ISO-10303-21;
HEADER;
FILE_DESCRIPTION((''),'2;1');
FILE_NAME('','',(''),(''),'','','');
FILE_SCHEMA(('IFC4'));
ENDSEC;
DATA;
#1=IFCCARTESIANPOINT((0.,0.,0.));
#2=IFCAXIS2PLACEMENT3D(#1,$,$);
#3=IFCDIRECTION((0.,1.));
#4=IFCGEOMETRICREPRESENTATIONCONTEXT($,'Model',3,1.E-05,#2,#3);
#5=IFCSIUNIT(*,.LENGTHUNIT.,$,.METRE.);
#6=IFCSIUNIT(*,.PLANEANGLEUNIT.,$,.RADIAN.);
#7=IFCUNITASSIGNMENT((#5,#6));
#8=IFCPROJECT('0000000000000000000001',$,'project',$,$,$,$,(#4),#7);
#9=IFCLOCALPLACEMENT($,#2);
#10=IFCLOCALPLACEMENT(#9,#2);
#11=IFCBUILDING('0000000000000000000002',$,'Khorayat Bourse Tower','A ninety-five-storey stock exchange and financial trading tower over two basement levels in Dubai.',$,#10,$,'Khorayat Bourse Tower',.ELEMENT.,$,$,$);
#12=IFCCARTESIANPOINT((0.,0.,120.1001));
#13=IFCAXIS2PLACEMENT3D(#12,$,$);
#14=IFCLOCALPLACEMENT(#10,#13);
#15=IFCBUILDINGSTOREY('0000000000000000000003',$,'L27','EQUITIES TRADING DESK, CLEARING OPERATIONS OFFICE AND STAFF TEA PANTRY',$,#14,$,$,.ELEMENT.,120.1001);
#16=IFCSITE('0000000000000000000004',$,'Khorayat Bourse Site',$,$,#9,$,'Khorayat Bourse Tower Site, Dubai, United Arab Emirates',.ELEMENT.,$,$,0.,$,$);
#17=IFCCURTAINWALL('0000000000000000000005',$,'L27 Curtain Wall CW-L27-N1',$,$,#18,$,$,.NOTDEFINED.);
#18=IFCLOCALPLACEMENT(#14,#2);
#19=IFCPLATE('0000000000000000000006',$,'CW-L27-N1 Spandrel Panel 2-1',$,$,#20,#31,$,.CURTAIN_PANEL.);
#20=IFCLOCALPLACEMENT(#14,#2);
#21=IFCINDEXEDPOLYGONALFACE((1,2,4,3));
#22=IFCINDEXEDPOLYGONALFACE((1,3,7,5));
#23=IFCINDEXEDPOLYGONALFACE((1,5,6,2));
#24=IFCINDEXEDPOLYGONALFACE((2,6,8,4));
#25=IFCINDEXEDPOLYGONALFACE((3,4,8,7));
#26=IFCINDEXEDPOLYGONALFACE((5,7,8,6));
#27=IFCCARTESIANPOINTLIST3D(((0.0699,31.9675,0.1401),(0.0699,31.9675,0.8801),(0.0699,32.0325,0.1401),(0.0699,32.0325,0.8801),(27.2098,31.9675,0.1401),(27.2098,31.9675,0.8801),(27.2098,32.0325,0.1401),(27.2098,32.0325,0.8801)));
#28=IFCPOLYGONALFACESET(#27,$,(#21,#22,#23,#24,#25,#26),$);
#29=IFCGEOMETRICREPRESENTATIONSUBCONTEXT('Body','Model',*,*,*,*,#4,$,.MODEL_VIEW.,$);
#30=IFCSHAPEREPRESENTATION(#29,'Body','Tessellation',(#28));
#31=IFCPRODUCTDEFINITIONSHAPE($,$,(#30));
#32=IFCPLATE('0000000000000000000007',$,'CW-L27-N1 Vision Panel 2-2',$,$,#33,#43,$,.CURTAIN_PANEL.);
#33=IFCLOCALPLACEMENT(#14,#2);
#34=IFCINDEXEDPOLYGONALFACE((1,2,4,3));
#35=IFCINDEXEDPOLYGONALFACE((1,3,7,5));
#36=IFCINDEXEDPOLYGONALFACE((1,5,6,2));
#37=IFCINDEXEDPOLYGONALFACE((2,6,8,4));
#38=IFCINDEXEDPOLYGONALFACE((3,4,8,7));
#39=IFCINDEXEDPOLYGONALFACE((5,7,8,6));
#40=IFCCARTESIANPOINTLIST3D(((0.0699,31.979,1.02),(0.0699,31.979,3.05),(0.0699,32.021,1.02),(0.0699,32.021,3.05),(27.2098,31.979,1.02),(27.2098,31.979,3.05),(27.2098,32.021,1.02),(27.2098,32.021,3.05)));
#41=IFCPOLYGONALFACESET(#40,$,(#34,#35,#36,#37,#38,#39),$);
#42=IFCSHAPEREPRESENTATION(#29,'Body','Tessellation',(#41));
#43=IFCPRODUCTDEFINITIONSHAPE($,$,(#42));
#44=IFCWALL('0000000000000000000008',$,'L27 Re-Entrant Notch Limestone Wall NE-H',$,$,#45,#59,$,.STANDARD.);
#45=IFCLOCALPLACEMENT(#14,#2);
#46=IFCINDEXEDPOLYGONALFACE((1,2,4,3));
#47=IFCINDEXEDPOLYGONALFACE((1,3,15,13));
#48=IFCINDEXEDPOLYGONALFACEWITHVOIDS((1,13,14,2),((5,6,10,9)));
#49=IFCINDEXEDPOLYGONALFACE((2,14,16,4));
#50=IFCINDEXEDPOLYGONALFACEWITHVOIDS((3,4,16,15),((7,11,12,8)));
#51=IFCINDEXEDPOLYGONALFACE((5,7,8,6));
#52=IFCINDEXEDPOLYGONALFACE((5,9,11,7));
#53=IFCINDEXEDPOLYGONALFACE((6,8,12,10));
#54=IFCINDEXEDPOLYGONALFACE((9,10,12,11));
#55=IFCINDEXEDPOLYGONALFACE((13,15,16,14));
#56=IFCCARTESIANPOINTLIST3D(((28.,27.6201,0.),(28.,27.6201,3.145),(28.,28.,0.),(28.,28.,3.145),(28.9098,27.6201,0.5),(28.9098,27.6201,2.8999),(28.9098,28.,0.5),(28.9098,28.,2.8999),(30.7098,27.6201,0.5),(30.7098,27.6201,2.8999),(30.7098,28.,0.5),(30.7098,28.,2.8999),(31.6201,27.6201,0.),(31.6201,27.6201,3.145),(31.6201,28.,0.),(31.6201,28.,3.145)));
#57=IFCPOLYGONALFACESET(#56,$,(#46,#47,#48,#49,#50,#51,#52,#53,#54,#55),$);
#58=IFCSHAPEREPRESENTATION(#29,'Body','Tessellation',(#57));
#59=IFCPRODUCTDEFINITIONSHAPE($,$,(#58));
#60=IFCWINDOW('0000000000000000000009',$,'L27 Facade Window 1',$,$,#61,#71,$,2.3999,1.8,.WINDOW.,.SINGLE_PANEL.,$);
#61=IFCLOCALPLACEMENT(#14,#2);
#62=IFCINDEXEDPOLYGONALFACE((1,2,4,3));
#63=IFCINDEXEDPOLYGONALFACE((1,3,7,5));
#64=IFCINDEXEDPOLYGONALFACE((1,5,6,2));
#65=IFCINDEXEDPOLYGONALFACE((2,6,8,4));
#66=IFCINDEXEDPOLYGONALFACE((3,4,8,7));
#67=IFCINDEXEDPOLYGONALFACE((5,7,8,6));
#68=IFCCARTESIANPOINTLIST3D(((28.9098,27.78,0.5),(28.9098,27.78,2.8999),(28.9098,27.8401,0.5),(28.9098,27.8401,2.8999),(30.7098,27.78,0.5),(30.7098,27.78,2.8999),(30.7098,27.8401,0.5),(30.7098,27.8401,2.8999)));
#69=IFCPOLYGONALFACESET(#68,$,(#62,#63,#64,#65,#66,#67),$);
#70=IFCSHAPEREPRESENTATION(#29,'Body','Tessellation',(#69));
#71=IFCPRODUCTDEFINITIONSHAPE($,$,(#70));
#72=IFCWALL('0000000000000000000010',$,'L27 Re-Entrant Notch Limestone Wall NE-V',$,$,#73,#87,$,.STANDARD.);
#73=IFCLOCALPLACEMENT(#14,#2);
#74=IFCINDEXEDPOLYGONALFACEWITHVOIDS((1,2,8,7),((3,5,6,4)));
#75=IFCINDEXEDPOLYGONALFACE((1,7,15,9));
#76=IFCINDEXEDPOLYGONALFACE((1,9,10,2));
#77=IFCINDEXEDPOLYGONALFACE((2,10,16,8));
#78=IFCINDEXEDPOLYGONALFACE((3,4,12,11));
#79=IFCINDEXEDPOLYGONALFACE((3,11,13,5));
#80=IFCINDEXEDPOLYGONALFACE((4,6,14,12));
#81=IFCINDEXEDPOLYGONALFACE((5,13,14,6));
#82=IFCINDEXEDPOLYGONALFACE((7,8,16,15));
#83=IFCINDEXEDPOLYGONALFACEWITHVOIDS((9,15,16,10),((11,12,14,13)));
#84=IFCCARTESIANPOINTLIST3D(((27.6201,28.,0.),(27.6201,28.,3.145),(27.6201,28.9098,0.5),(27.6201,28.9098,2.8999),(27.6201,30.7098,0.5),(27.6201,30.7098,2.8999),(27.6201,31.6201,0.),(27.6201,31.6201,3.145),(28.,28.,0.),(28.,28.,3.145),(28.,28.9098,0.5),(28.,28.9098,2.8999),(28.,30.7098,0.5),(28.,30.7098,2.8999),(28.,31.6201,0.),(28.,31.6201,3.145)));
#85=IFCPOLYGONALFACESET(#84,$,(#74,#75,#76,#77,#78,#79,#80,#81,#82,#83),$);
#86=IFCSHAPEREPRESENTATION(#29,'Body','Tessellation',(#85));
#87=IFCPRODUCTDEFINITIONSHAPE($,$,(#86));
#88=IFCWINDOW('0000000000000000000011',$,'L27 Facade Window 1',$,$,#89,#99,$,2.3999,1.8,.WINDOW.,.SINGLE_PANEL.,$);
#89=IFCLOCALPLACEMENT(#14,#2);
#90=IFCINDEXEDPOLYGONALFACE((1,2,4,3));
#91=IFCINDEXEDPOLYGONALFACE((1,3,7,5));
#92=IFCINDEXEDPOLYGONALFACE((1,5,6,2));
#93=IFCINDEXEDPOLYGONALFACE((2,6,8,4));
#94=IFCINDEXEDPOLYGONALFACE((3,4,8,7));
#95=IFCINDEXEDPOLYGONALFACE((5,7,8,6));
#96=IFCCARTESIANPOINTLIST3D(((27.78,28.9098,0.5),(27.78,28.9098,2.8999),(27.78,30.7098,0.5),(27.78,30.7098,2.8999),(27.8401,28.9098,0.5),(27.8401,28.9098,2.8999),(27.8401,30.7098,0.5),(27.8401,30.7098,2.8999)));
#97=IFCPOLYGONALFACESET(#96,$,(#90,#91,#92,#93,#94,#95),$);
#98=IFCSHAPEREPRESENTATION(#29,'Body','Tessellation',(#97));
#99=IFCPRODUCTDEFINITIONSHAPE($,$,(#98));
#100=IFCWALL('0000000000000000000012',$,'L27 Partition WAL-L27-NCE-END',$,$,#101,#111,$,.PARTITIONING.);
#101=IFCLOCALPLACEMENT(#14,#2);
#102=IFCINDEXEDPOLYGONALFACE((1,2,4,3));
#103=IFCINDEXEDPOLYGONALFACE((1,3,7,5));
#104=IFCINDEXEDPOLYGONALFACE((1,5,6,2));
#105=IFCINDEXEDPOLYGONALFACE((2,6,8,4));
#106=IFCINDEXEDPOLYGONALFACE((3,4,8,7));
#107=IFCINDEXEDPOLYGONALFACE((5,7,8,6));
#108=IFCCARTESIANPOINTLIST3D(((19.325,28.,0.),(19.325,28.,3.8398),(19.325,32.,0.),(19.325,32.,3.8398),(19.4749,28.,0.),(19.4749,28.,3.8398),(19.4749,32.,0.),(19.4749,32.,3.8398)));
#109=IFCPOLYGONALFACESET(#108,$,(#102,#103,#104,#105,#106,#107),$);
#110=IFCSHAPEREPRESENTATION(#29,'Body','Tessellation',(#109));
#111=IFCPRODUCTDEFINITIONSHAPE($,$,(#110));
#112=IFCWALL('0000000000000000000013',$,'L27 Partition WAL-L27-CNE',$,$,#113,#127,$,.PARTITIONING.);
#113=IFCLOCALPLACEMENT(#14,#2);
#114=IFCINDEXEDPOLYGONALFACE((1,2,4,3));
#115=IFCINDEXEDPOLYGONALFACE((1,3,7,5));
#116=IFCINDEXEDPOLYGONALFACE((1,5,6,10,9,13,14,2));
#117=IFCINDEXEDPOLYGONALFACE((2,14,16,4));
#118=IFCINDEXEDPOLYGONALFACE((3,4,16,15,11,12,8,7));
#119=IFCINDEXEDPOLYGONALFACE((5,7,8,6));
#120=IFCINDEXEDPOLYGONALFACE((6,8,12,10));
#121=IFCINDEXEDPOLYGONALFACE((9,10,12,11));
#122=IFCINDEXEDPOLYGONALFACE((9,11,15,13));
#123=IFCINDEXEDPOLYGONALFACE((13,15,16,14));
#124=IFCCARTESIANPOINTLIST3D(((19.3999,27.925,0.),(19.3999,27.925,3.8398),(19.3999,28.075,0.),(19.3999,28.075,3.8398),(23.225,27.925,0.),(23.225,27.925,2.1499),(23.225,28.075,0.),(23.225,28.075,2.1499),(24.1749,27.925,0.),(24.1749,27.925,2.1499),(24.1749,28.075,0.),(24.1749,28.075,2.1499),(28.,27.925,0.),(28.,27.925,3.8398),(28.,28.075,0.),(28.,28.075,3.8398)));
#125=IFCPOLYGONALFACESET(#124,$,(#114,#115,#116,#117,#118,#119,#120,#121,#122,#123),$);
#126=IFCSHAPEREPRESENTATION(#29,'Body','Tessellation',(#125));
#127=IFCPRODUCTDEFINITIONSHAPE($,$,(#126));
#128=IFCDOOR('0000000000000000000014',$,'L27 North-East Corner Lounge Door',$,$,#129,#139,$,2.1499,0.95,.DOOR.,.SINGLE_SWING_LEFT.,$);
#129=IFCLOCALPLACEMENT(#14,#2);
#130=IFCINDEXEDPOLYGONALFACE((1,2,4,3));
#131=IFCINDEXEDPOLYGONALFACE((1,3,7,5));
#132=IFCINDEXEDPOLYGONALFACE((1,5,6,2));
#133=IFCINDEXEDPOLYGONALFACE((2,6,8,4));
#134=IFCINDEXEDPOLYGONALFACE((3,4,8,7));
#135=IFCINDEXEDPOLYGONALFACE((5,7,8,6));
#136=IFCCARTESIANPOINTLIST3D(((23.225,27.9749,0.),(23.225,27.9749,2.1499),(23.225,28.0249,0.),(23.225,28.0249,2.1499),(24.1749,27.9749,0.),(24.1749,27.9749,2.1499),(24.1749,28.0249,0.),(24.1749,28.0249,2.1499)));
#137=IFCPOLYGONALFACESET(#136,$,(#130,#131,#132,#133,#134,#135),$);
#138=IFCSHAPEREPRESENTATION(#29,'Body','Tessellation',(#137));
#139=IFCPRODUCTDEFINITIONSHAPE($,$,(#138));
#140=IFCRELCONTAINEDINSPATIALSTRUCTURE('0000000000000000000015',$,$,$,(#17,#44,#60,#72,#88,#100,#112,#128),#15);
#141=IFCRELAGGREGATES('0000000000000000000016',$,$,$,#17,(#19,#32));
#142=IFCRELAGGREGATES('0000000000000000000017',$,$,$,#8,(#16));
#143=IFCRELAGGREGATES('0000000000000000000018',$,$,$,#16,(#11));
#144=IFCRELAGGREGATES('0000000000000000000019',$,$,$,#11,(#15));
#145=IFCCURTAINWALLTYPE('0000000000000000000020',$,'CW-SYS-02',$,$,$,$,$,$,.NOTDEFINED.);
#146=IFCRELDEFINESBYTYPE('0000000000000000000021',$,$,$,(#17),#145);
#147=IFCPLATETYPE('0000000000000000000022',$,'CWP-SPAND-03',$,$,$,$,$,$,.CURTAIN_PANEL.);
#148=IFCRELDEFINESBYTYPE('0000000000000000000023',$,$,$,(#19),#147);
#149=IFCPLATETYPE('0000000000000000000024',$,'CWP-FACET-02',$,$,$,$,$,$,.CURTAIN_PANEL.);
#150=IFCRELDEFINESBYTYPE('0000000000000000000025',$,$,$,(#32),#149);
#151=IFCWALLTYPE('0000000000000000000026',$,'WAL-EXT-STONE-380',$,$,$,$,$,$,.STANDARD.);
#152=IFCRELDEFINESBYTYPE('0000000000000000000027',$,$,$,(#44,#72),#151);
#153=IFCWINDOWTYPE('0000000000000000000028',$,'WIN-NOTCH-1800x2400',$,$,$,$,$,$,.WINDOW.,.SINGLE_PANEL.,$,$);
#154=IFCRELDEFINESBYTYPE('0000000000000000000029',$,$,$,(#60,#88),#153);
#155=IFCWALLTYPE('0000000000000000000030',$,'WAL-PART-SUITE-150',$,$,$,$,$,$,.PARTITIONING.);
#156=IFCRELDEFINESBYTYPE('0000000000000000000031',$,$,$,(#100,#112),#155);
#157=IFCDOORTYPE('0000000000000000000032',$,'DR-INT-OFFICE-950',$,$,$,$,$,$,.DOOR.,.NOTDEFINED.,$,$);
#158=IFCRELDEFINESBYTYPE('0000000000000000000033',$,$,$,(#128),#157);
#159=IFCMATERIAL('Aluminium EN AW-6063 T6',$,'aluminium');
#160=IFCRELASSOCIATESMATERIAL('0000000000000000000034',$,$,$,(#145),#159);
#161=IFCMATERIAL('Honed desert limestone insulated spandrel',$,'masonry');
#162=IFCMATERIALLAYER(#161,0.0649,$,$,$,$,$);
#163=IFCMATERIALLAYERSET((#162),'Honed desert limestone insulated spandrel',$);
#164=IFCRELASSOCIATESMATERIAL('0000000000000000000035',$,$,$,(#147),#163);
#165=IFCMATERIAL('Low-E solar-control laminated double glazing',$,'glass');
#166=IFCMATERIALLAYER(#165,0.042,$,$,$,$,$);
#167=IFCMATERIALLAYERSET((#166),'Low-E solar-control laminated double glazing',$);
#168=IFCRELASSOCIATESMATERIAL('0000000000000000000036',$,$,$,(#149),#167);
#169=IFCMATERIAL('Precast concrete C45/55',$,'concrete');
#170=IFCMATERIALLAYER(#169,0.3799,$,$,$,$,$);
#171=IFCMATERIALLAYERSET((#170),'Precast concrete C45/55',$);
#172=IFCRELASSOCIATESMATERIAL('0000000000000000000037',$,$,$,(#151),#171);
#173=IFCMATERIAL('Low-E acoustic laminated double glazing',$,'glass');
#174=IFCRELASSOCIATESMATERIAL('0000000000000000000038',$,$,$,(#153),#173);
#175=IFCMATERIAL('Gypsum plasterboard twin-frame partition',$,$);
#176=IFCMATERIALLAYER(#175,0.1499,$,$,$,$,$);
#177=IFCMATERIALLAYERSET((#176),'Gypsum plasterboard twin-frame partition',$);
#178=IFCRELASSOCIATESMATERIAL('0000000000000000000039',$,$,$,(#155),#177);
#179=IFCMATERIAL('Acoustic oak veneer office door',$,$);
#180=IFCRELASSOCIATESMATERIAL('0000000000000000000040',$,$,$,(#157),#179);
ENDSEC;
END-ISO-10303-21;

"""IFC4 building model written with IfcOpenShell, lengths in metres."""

from ifc_helpers import new_model, si_unit, direction, frame, frame_2d, origin, origin_2d, place, context, subcontext, project, spatial, rectangle, extrude, source, transform, mapped, material, layer, layer_set, type_object, element, fill, aggregate, save


model = new_model("IFC4")

# Units and contexts
model_context = context("Model", 3, precision=1e-05, world=origin(), true_north=direction((0.0, 1.0)))
body_context = subcontext(model_context, "Body", "Model", "MODEL_VIEW")
ifc_project = project(units=[si_unit("LENGTHUNIT", "METRE"), si_unit("PLANEANGLEUNIT", "RADIAN")], contexts=[model_context])

# Site, building, storey
site_placement = place(None, origin())
site = spatial("IfcSite", under=ifc_project, at=site_placement, Name="Khorayat Bourse Site", LongName="Khorayat Bourse Tower Site, Dubai, United Arab Emirates", CompositionType="ELEMENT", RefElevation=0.0)
building_placement = place(site_placement, origin())
building = spatial("IfcBuilding", under=site, at=building_placement, Name="Khorayat Bourse Tower", Description="A ninety-five-storey stock exchange and financial trading tower over two basement levels in Dubai.", LongName="Khorayat Bourse Tower", CompositionType="ELEMENT")
storey_placement = place(building_placement, frame((0.0, 0.0, 120.1001)))
storey = spatial("IfcBuildingStorey", under=building, at=storey_placement, Name="L27", Description="EQUITIES TRADING DESK, CLEARING OPERATIONS OFFICE AND STAFF TEA PANTRY", CompositionType="ELEMENT", Elevation=120.1001)

# Curtain wall
ifc_material_1 = material(Name="Aluminium EN AW-6063 T6", Category="aluminium")
curtain_wall_type = type_object("IfcCurtainWallType", Name="CW-SYS-02", PredefinedType="NOTDEFINED", material=ifc_material_1)
curtain_wall_1_placement = place(storey_placement, origin())
curtain_wall_1 = element("IfcCurtainWall", 1, at=curtain_wall_1_placement, inside=storey, type_object=curtain_wall_type, Name="L27 Curtain Wall CW-L27-N1", PredefinedType="NOTDEFINED")

# Plates
ifc_material_2 = material(Name="Honed desert limestone insulated spandrel", Category="masonry")
ifc_layer_1 = layer(ifc_material_2, 0.0649)
ifc_layer_set_1 = layer_set([ifc_layer_1], Name="Honed desert limestone insulated spandrel")
plate_type_1 = type_object("IfcPlateType", Name="CWP-SPAND-03", PredefinedType="CURTAIN_PANEL", material=ifc_layer_set_1)
shared_shape_1 = source(origin(), body_context, "Body", "SweptSolid", [
    extrude(rectangle(XDim=27.1399, YDim=0.0649, at=origin_2d()), origin(), (0.0, 0.0, 1.0), 0.74),
])
plate_1_placement = place(storey_placement, frame((13.6399, 32.0, 0.1401), z_axis=(0.0, 0.0, 1.0), x_axis=(1.0, 0.0, 0.0)))
plate_1 = element("IfcPlate", 2, at=plate_1_placement, type_object=plate_type_1, Name="CW-L27-N1 Spandrel Panel 2-1", PredefinedType="CURTAIN_PANEL", context=body_context, shape_type="MappedRepresentation", body=[
    mapped(shared_shape_1, transform((0.0, 0.0, 0.0), scale=1.0)),
])
ifc_material_3 = material(Name="Low-E solar-control laminated double glazing", Category="glass")
ifc_layer_2 = layer(ifc_material_3, 0.042)
ifc_layer_set_2 = layer_set([ifc_layer_2], Name="Low-E solar-control laminated double glazing")
plate_type_2 = type_object("IfcPlateType", Name="CWP-FACET-02", PredefinedType="CURTAIN_PANEL", material=ifc_layer_set_2)
shared_shape_2 = source(origin(), body_context, "Body", "SweptSolid", [
    extrude(rectangle(XDim=27.1399, YDim=0.042, at=origin_2d()), origin(), (0.0, 0.0, 1.0), 2.03),
])
plate_2_placement = place(storey_placement, frame((13.6399, 32.0, 1.02), z_axis=(0.0, 0.0, 1.0), x_axis=(1.0, 0.0, 0.0)))
plate_2 = element("IfcPlate", 3, at=plate_2_placement, type_object=plate_type_2, Name="CW-L27-N1 Vision Panel 2-2", PredefinedType="CURTAIN_PANEL", context=body_context, shape_type="MappedRepresentation", body=[
    mapped(shared_shape_2, transform((0.0, 0.0, 0.0), scale=1.0)),
])
aggregate(curtain_wall_1, [plate_1, plate_2])

# Walls, openings, windows
ifc_material_4 = material(Name="Precast concrete C45/55", Category="concrete")
ifc_layer_3 = layer(ifc_material_4, 0.3799)
ifc_layer_set_3 = layer_set([ifc_layer_3], Name="Precast concrete C45/55")
wall_type_1 = type_object("IfcWallType", Name="WAL-EXT-STONE-380", PredefinedType="STANDARD", material=ifc_layer_set_3)
shared_shape_3 = source(origin(), body_context, "Body", "SweptSolid", [
    extrude(rectangle(XDim=3.6201, YDim=0.3799, at=frame_2d((1.8101, 0.0))), origin(), (0.0, 0.0, 1.0), 3.145),
])
wall_1_placement = place(storey_placement, frame((28.0, 27.8101, 0.0), z_axis=(0.0, 0.0, 1.0), x_axis=(1.0, 0.0, 0.0)))
wall_1 = element("IfcWall", 4, at=wall_1_placement, inside=storey, type_object=wall_type_1, Name="L27 Re-Entrant Notch Limestone Wall NE-H", PredefinedType="STANDARD", context=body_context, shape_type="MappedRepresentation", body=[
    mapped(shared_shape_3, transform((0.0, 0.0, 0.0), scale=1.0)),
])
shared_shape_4 = source(origin(), body_context, "Body", "SweptSolid", [
    extrude(rectangle(XDim=1.8, YDim=2.3999, at=frame_2d((0.8999, 1.2))), frame((0.0, 0.2, 0.0), z_axis=(0.0, -1.0, 0.0), x_axis=(1.0, 0.0, 0.0)), (0.0, 0.0, 1.0), 0.3999),
])
opening_1_placement = place(wall_1_placement, frame((0.9099, 0.0, 0.5)))
opening_1 = element("IfcOpeningElement", 5, at=opening_1_placement, cuts=wall_1, PredefinedType="OPENING", context=body_context, shape_type="MappedRepresentation", body=[
    mapped(shared_shape_4, transform((0.0, 0.0, 0.0), scale=1.0)),
])
ifc_material_5 = material(Name="Low-E acoustic laminated double glazing", Category="glass")
window_type = type_object("IfcWindowType", Name="WIN-NOTCH-1800x2400", PartitioningType="SINGLE_PANEL", PredefinedType="WINDOW", material=ifc_material_5)
shared_shape_5 = source(origin(), body_context, "Body", "SweptSolid", [
    extrude(rectangle(XDim=1.8, YDim=2.3999, at=frame_2d((0.8999, 1.2))), frame((0.0, 0.03, 0.0), z_axis=(0.0, -1.0, 0.0), x_axis=(1.0, 0.0, 0.0)), (0.0, 0.0, 1.0), 0.0601),
])
window_1_placement = place(opening_1_placement, origin())
window_1 = element("IfcWindow", 6, at=window_1_placement, inside=storey, type_object=window_type, Name="L27 Facade Window 1", OverallHeight=2.3999, OverallWidth=1.8, PartitioningType="SINGLE_PANEL", PredefinedType="WINDOW", context=body_context, shape_type="MappedRepresentation", body=[
    mapped(shared_shape_5, transform((0.0, 0.0, 0.0), scale=1.0)),
])
fill(opening_1, window_1)
wall_2_placement = place(storey_placement, frame((27.8101, 28.0, 0.0), z_axis=(0.0, 0.0, 1.0), x_axis=(0.0, 1.0, 0.0)))
wall_2 = element("IfcWall", 7, at=wall_2_placement, inside=storey, type_object=wall_type_1, Name="L27 Re-Entrant Notch Limestone Wall NE-V", PredefinedType="STANDARD", context=body_context, shape_type="MappedRepresentation", body=[
    mapped(shared_shape_3, transform((0.0, 0.0, 0.0), scale=1.0)),
])
opening_2_placement = place(wall_2_placement, frame((0.9099, 0.0, 0.5)))
opening_2 = element("IfcOpeningElement", 8, at=opening_2_placement, cuts=wall_2, PredefinedType="OPENING", context=body_context, shape_type="MappedRepresentation", body=[
    mapped(shared_shape_4, transform((0.0, 0.0, 0.0), scale=1.0)),
])
window_2_placement = place(opening_2_placement, origin())
window_2 = element("IfcWindow", 9, at=window_2_placement, inside=storey, type_object=window_type, Name="L27 Facade Window 1", OverallHeight=2.3999, OverallWidth=1.8, PartitioningType="SINGLE_PANEL", PredefinedType="WINDOW", context=body_context, shape_type="MappedRepresentation", body=[
    mapped(shared_shape_5, transform((0.0, 0.0, 0.0), scale=1.0)),
])
fill(opening_2, window_2)

# Wall
ifc_material_6 = material(Name="Gypsum plasterboard twin-frame partition")
ifc_layer_4 = layer(ifc_material_6, 0.1499)
ifc_layer_set_4 = layer_set([ifc_layer_4], Name="Gypsum plasterboard twin-frame partition")
wall_type_2 = type_object("IfcWallType", Name="WAL-PART-SUITE-150", PredefinedType="PARTITIONING", material=ifc_layer_set_4)
shared_shape_6 = source(origin(), body_context, "Body", "SweptSolid", [
    extrude(rectangle(XDim=4.0, YDim=0.1499, at=frame_2d((2.0, 0.0))), origin(), (0.0, 0.0, 1.0), 3.8398),
])
wall_3_placement = place(storey_placement, frame((19.3999, 28.0, 0.0), z_axis=(0.0, 0.0, 1.0), x_axis=(0.0, 1.0, 0.0)))
element("IfcWall", 10, at=wall_3_placement, inside=storey, type_object=wall_type_2, Name="L27 Partition WAL-L27-NCE-END", PredefinedType="PARTITIONING", context=body_context, shape_type="MappedRepresentation", body=[
    mapped(shared_shape_6, transform((0.0, 0.0, 0.0), scale=1.0)),
])

# Wall, opening, door
shared_shape_7 = source(origin(), body_context, "Body", "SweptSolid", [
    extrude(rectangle(XDim=8.6001, YDim=0.1499, at=frame_2d((4.3, 0.0))), origin(), (0.0, 0.0, 1.0), 3.8398),
])
wall_4_placement = place(storey_placement, frame((19.3999, 28.0, 0.0), z_axis=(0.0, 0.0, 1.0), x_axis=(1.0, 0.0, 0.0)))
wall_4 = element("IfcWall", 11, at=wall_4_placement, inside=storey, type_object=wall_type_2, Name="L27 Partition WAL-L27-CNE", PredefinedType="PARTITIONING", context=body_context, shape_type="MappedRepresentation", body=[
    mapped(shared_shape_7, transform((0.0, 0.0, 0.0), scale=1.0)),
])
shared_shape_8 = source(origin(), body_context, "Body", "SweptSolid", [
    extrude(rectangle(XDim=0.95, YDim=2.1499, at=frame_2d((0.4751, 1.075))), frame((0.0, 0.085, 0.0), z_axis=(0.0, -1.0, 0.0), x_axis=(1.0, 0.0, 0.0)), (0.0, 0.0, 1.0), 0.1699),
])
opening_3_placement = place(wall_4_placement, frame((3.825, 0.0, 0.0)))
opening_3 = element("IfcOpeningElement", 12, at=opening_3_placement, cuts=wall_4, PredefinedType="OPENING", context=body_context, shape_type="MappedRepresentation", body=[
    mapped(shared_shape_8, transform((0.0, 0.0, 0.0), scale=1.0)),
])
ifc_material_7 = material(Name="Acoustic oak veneer office door")
door_type = type_object("IfcDoorType", Name="DR-INT-OFFICE-950", OperationType="NOTDEFINED", PredefinedType="DOOR", material=ifc_material_7)
shared_shape_9 = source(origin(), body_context, "Body", "SweptSolid", [
    extrude(rectangle(XDim=0.95, YDim=2.1499, at=frame_2d((0.4751, 1.075))), frame((0.0, 0.0249, 0.0), z_axis=(0.0, -1.0, 0.0), x_axis=(1.0, 0.0, 0.0)), (0.0, 0.0, 1.0), 0.05),
])
door_placement = place(opening_3_placement, origin())
door = element("IfcDoor", 13, at=door_placement, inside=storey, type_object=door_type, Name="L27 North-East Corner Lounge Door", OperationType="SINGLE_SWING_LEFT", OverallHeight=2.1499, OverallWidth=0.95, PredefinedType="DOOR", context=body_context, shape_type="MappedRepresentation", body=[
    mapped(shared_shape_9, transform((0.0, 0.0, 0.0), scale=1.0)),
])
fill(opening_3, door)

save(model, "model.ifc")
